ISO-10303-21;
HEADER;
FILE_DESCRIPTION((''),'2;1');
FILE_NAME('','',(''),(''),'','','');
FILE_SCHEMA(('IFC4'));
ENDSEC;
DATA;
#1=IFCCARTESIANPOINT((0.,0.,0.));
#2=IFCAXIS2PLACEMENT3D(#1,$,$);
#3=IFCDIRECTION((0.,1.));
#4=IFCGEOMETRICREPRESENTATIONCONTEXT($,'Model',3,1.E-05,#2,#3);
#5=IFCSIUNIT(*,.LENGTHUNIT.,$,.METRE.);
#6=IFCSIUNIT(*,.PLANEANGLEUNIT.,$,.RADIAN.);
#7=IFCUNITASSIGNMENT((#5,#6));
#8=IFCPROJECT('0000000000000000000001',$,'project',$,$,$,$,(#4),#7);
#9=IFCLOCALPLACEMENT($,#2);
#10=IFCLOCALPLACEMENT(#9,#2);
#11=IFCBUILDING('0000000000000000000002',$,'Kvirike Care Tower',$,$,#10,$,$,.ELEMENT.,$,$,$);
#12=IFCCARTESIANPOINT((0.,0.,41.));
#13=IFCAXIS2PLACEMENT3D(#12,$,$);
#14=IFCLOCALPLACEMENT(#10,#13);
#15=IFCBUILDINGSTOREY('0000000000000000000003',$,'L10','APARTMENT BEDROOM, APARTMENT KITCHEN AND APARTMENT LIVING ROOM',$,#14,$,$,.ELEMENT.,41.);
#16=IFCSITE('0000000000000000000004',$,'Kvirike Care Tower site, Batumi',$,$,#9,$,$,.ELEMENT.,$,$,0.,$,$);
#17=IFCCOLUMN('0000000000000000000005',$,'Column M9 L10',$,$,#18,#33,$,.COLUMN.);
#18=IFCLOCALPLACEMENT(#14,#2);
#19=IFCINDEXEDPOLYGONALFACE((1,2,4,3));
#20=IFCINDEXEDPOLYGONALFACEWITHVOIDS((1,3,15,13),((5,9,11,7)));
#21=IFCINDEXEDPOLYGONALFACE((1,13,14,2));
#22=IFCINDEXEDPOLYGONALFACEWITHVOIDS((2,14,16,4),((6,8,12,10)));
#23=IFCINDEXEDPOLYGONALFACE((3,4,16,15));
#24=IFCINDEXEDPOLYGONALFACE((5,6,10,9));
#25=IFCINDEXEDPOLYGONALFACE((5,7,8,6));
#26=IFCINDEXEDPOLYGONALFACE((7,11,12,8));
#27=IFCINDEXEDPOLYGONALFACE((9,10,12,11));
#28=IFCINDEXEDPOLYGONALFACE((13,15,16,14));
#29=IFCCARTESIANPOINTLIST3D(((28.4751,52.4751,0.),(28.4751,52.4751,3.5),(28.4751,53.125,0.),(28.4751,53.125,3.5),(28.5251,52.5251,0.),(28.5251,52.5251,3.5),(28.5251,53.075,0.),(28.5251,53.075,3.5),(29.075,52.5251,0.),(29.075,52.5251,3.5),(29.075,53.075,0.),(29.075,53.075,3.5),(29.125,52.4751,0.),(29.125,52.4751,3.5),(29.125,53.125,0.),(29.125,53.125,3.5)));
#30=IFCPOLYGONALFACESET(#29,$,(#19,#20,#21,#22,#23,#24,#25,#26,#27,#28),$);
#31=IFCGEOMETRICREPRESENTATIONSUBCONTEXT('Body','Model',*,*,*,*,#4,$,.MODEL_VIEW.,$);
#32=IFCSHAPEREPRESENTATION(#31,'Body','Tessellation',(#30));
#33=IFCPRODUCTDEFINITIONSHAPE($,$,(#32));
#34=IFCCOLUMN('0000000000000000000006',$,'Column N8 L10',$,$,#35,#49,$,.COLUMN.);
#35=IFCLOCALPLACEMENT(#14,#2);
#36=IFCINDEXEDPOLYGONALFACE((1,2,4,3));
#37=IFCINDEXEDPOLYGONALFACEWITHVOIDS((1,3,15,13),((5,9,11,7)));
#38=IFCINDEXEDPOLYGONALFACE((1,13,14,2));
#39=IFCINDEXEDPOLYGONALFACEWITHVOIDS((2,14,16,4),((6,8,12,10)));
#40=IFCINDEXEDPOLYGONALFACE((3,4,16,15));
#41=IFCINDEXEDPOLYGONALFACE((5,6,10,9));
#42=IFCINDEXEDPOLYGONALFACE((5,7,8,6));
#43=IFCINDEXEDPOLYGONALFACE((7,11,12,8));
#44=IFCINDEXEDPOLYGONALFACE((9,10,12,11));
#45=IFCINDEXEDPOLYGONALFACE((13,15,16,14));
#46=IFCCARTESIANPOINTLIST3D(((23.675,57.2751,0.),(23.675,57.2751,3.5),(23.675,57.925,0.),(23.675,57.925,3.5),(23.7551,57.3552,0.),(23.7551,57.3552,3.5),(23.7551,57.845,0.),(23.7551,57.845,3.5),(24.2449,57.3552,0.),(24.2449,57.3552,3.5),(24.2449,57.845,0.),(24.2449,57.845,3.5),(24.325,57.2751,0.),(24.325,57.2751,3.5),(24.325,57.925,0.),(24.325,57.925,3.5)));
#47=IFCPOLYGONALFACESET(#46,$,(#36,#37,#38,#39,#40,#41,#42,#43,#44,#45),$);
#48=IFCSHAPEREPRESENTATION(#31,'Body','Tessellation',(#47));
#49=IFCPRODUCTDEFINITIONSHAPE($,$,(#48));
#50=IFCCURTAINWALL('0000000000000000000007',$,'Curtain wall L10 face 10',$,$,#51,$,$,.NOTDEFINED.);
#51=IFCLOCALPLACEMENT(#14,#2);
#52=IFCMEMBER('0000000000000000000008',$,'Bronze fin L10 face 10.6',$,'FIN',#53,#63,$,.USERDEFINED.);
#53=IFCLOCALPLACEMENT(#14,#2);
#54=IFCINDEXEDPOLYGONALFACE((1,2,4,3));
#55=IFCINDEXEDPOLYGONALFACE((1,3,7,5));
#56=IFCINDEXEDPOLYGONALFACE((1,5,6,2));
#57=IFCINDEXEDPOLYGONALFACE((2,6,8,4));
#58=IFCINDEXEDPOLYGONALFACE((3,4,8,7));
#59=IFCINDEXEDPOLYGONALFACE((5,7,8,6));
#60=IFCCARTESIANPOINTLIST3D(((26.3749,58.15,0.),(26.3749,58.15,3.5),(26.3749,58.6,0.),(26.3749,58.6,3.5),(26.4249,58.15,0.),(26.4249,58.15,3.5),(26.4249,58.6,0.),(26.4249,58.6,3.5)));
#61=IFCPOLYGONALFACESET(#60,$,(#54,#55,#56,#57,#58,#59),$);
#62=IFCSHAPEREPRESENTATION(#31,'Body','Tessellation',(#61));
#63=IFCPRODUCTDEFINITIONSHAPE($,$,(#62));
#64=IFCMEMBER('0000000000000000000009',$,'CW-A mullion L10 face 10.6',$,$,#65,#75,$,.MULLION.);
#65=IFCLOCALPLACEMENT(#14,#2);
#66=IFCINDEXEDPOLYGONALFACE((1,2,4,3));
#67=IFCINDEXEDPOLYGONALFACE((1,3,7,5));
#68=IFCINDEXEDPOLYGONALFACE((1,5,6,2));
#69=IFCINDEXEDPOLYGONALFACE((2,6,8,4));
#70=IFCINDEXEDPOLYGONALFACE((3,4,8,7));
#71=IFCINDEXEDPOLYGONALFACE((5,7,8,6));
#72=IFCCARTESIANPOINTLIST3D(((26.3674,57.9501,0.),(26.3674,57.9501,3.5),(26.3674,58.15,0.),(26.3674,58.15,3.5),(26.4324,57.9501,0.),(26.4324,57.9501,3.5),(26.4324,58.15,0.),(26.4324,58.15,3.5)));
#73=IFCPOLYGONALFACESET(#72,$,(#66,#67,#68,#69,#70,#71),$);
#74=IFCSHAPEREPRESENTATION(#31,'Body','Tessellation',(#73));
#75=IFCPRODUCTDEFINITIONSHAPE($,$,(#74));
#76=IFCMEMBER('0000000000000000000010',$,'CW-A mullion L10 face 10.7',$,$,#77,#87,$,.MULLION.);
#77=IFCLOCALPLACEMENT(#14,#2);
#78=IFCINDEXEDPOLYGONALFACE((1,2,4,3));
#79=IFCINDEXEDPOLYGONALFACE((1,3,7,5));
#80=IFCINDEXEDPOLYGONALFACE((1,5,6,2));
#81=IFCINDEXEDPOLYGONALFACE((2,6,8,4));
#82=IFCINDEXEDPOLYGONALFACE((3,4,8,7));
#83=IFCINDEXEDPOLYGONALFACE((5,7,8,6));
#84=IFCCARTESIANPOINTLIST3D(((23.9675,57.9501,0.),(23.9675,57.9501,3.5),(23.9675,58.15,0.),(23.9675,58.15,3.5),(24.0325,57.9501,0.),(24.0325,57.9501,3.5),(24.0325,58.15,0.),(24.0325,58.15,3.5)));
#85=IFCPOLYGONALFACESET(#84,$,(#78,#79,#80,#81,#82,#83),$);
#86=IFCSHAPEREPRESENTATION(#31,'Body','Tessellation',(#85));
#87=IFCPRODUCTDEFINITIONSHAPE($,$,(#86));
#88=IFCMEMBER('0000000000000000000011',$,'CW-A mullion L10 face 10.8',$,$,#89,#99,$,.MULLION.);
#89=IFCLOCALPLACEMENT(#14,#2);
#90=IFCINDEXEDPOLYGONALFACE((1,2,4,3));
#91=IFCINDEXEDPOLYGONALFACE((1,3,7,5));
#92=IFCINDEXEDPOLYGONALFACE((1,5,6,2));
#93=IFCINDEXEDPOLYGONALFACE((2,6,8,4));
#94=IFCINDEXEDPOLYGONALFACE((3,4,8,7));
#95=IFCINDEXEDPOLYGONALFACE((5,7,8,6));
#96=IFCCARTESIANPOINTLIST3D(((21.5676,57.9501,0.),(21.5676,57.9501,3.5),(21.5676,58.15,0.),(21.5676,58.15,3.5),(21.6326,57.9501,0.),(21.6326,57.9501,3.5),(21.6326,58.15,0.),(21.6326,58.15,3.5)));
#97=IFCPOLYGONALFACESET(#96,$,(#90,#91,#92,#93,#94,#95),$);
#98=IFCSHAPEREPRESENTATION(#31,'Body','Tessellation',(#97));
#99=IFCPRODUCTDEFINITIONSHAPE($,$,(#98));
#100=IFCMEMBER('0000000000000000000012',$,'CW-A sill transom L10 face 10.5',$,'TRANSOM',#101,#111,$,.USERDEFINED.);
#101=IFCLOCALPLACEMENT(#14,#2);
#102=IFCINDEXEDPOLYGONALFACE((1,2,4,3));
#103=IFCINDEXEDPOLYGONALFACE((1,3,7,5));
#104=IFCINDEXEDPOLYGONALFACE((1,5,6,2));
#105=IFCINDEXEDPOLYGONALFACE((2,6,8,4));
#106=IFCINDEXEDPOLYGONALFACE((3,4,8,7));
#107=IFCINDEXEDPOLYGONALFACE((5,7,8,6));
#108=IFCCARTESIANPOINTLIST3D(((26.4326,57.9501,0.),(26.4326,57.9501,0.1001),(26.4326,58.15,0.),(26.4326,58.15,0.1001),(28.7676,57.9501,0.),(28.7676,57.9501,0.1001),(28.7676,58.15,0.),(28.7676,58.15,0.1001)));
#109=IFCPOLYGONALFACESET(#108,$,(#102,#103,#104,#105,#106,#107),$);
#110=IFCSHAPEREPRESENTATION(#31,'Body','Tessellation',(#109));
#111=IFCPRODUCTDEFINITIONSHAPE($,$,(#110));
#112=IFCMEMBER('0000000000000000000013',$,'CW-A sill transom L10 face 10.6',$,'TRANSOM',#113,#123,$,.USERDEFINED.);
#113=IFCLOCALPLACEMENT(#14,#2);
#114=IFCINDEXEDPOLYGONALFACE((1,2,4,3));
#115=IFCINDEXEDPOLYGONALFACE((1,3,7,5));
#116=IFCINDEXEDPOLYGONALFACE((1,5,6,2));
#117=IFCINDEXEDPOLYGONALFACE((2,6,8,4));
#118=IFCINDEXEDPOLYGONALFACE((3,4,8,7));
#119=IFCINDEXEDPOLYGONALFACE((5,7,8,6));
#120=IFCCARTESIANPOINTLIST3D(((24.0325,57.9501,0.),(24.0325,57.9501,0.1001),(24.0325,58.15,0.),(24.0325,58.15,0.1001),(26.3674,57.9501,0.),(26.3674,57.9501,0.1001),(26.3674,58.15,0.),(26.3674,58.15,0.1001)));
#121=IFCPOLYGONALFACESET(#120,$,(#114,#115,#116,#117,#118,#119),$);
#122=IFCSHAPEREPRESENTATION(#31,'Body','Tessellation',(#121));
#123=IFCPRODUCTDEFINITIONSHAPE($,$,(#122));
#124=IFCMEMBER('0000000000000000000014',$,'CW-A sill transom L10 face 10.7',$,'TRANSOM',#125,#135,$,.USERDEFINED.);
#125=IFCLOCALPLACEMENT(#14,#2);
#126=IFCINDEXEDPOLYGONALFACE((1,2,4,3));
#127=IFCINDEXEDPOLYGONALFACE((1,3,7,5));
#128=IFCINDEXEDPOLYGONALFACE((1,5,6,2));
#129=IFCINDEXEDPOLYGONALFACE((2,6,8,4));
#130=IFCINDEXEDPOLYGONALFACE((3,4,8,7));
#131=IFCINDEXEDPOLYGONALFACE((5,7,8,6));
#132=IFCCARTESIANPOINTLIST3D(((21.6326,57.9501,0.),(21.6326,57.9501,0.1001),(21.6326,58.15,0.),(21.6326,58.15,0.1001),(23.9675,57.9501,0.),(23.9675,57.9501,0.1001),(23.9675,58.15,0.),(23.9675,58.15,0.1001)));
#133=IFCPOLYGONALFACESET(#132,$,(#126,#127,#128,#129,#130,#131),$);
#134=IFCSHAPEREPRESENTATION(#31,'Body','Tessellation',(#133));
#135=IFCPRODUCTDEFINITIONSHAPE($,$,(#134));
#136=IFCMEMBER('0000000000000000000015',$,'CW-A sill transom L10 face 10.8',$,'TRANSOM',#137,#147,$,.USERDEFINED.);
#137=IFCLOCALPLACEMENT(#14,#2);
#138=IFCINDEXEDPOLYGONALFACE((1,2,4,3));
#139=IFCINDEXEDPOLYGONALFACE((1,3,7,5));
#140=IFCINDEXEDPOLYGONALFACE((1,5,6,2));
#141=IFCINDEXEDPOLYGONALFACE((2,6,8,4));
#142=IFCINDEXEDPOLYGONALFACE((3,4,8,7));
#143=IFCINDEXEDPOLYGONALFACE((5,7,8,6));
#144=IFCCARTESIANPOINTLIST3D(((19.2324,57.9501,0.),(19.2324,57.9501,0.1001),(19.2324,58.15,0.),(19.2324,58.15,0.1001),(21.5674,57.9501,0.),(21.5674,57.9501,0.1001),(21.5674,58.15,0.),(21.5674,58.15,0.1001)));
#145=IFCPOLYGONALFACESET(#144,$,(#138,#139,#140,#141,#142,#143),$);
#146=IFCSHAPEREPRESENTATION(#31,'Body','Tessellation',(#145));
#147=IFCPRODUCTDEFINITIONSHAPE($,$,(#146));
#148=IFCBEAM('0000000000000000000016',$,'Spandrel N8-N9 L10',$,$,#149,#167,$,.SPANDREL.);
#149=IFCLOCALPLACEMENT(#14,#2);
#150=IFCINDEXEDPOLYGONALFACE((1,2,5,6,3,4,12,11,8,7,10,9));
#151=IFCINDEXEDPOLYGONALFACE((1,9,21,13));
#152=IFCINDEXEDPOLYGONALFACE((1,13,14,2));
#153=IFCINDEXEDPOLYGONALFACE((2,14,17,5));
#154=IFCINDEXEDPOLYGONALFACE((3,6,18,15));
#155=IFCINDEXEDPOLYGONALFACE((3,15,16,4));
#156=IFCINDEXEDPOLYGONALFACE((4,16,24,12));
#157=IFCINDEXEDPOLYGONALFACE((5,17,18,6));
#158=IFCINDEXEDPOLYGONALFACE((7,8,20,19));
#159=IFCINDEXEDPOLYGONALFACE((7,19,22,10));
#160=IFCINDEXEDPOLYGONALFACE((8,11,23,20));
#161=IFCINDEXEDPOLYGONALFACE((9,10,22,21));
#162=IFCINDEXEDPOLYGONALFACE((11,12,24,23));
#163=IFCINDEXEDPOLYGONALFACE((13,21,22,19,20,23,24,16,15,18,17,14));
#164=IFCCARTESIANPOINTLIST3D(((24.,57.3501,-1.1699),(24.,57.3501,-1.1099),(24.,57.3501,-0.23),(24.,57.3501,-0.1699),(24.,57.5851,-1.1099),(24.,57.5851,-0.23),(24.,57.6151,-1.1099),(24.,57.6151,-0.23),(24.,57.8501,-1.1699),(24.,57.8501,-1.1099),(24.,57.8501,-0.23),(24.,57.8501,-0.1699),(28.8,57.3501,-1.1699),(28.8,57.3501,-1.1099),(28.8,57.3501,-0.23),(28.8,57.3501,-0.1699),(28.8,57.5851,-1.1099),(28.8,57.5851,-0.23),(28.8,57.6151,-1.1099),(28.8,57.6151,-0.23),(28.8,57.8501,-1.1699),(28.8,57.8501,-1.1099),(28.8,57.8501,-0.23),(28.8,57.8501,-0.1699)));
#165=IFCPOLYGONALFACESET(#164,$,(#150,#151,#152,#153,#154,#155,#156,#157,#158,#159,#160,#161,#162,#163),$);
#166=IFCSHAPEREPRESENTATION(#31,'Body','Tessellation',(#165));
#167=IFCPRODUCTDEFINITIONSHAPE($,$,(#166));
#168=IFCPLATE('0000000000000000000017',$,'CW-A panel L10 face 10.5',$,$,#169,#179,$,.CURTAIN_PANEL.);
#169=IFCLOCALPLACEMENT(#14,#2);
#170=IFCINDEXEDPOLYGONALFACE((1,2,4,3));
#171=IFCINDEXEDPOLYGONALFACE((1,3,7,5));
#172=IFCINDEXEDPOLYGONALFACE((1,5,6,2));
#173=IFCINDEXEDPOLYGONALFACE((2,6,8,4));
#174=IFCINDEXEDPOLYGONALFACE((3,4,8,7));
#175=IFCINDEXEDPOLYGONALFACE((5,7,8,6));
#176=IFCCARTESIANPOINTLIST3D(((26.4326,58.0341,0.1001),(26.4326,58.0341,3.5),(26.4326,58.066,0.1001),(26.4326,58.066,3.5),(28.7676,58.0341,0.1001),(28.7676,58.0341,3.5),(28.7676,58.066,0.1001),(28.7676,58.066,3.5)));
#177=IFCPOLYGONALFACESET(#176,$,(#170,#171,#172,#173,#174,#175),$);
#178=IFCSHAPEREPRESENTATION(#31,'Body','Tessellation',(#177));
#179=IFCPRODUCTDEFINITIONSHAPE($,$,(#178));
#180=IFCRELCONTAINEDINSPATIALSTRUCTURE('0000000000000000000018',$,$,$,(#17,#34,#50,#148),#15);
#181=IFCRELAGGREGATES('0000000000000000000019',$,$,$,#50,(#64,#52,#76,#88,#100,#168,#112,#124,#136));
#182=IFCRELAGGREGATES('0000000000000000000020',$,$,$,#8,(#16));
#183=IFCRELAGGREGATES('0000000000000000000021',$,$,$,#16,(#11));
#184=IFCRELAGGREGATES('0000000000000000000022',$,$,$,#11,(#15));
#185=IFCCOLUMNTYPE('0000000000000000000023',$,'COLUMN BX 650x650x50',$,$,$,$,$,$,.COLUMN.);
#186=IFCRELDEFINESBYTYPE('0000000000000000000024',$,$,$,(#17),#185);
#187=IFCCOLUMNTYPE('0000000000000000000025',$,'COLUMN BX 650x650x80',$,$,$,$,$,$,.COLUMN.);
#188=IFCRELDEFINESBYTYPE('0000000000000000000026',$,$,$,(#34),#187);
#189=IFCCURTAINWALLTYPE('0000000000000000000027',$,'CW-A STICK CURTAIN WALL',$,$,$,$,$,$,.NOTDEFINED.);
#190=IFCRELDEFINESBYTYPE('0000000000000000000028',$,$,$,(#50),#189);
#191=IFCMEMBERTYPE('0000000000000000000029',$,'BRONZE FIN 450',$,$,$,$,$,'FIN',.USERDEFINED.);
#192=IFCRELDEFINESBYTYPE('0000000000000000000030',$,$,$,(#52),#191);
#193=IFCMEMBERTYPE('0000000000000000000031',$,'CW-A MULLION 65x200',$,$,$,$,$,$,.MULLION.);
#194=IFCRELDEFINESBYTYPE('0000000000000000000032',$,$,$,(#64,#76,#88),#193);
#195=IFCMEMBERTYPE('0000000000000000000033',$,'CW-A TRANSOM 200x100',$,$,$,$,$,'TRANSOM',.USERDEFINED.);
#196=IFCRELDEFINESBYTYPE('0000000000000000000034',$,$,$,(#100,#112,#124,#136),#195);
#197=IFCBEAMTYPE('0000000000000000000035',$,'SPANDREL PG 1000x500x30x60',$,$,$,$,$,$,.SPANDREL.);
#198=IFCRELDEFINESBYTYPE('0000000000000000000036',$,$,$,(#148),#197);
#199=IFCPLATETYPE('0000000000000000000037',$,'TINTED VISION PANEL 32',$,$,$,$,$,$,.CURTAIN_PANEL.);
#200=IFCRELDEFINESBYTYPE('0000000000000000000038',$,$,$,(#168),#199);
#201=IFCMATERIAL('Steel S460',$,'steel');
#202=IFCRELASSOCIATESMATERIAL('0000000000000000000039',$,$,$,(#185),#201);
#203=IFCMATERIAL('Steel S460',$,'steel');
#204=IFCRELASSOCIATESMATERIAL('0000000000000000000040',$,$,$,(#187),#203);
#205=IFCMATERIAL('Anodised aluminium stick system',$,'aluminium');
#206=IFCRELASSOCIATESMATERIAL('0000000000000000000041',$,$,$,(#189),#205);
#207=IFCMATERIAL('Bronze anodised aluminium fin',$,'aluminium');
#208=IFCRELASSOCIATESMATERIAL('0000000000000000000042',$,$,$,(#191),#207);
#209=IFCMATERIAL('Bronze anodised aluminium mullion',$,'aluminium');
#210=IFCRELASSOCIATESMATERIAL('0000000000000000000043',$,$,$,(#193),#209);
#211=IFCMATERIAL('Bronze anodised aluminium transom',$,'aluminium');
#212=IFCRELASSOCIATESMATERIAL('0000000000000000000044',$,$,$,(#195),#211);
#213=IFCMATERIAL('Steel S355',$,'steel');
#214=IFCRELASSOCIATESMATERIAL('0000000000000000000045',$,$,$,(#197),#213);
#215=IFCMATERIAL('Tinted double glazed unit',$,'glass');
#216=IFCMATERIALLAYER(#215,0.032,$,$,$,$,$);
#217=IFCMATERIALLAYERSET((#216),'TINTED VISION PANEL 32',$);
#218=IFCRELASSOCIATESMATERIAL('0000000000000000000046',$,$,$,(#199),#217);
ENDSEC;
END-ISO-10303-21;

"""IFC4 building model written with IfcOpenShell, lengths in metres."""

from ifc_helpers import new_model, si_unit, direction, frame, origin, origin_2d, place, context, subcontext, project, spatial, rectangle, hollow_rectangle, i_section, extrude, material, layer, layer_set, material_profile, profile_set, type_object, element, aggregate, save


model = new_model("IFC4")

# Units and contexts
model_context = context("Model", 3, precision=1e-05, world=origin(), true_north=direction((0.0, 1.0)))
body_context = subcontext(model_context, "Body", "Model", "MODEL_VIEW")
ifc_project = project(units=[si_unit("LENGTHUNIT", "METRE"), si_unit("PLANEANGLEUNIT", "RADIAN")], contexts=[model_context])

# Site, building, storey
site_placement = place(None, origin())
site = spatial("IfcSite", under=ifc_project, at=site_placement, Name="Kvirike Care Tower site, Batumi", CompositionType="ELEMENT", RefElevation=0.0)
building_placement = place(site_placement, origin())
building = spatial("IfcBuilding", under=site, at=building_placement, Name="Kvirike Care Tower", CompositionType="ELEMENT")
storey_placement = place(building_placement, frame((0.0, 0.0, 41.0)))
storey = spatial("IfcBuildingStorey", under=building, at=storey_placement, Name="L10", Description="APARTMENT BEDROOM, APARTMENT KITCHEN AND APARTMENT LIVING ROOM", CompositionType="ELEMENT", Elevation=41.0)

# Columns
ifc_material_1 = material(Name="Steel S460", Category="steel")
ifc_material_profile_1 = material_profile(ifc_material_1, hollow_rectangle(XDim=0.6499, YDim=0.6499, WallThickness=0.05, at=origin_2d()), Name="BX 650x650x50")
ifc_profile_set_1 = profile_set([ifc_material_profile_1], Name="Steel S460")
column_type_1 = type_object("IfcColumnType", Name="COLUMN BX 650x650x50", PredefinedType="COLUMN", material=ifc_profile_set_1)
column_1_placement = place(storey_placement, frame((28.8, 52.8, 0.0), z_axis=(0.0, 0.0, 1.0), x_axis=(1.0, 0.0, 0.0)))
element("IfcColumn", 1, at=column_1_placement, inside=storey, type_object=column_type_1, Name="Column M9 L10", PredefinedType="COLUMN", context=body_context, shape_type="SweptSolid", body=[
    extrude(hollow_rectangle(XDim=0.6499, YDim=0.6499, WallThickness=0.05, at=origin_2d()), origin(), (0.0, 0.0, 1.0), 3.5),
])
ifc_material_2 = material(Name="Steel S460", Category="steel")
ifc_material_profile_2 = material_profile(ifc_material_2, hollow_rectangle(XDim=0.6499, YDim=0.6499, WallThickness=0.0801, at=origin_2d()), Name="BX 650x650x80")
ifc_profile_set_2 = profile_set([ifc_material_profile_2], Name="Steel S460")
column_type_2 = type_object("IfcColumnType", Name="COLUMN BX 650x650x80", PredefinedType="COLUMN", material=ifc_profile_set_2)
column_2_placement = place(storey_placement, frame((24.0, 57.6001, 0.0), z_axis=(0.0, 0.0, 1.0), x_axis=(0.0, 1.0, 0.0)))
element("IfcColumn", 2, at=column_2_placement, inside=storey, type_object=column_type_2, Name="Column N8 L10", PredefinedType="COLUMN", context=body_context, shape_type="SweptSolid", body=[
    extrude(hollow_rectangle(XDim=0.6499, YDim=0.6499, WallThickness=0.0801, at=origin_2d()), origin(), (0.0, 0.0, 1.0), 3.5),
])

# Curtain wall, members
ifc_material_3 = material(Name="Anodised aluminium stick system", Category="aluminium")
curtain_wall_type = type_object("IfcCurtainWallType", Name="CW-A STICK CURTAIN WALL", PredefinedType="NOTDEFINED", material=ifc_material_3)
curtain_wall_placement = place(storey_placement, origin())
curtain_wall = element("IfcCurtainWall", 3, at=curtain_wall_placement, inside=storey, type_object=curtain_wall_type, Name="Curtain wall L10 face 10", PredefinedType="NOTDEFINED")
ifc_material_4 = material(Name="Bronze anodised aluminium fin", Category="aluminium")
ifc_material_profile_3 = material_profile(ifc_material_4, rectangle(XDim=0.05, YDim=0.45, at=origin_2d()), Name="BRONZE FIN 450")
ifc_profile_set_3 = profile_set([ifc_material_profile_3], Name="Bronze anodised aluminium fin")
member_type_1 = type_object("IfcMemberType", Name="BRONZE FIN 450", ElementType="FIN", PredefinedType="USERDEFINED", material=ifc_profile_set_3)
member_1_placement = place(storey_placement, frame((26.3999, 58.375, 0.0), z_axis=(0.0, 0.0, 1.0), x_axis=(-1.0, 0.0, 0.0)))
member_1 = element("IfcMember", 4, at=member_1_placement, type_object=member_type_1, Name="Bronze fin L10 face 10.6", ObjectType="FIN", PredefinedType="USERDEFINED", context=body_context, shape_type="SweptSolid", body=[
    extrude(rectangle(XDim=0.05, YDim=0.45, at=origin_2d()), origin(), (0.0, 0.0, 1.0), 3.5),
])
ifc_material_5 = material(Name="Bronze anodised aluminium mullion", Category="aluminium")
ifc_material_profile_4 = material_profile(ifc_material_5, rectangle(XDim=0.0649, YDim=0.2, at=origin_2d()), Name="CW-A MULLION 65x200")
ifc_profile_set_4 = profile_set([ifc_material_profile_4], Name="Bronze anodised aluminium mullion")
member_type_2 = type_object("IfcMemberType", Name="CW-A MULLION 65x200", PredefinedType="MULLION", material=ifc_profile_set_4)
member_2_placement = place(storey_placement, frame((26.3999, 58.05, 0.0), z_axis=(0.0, 0.0, 1.0), x_axis=(-1.0, 0.0, 0.0)))
member_2 = element("IfcMember", 5, at=member_2_placement, type_object=member_type_2, Name="CW-A mullion L10 face 10.6", PredefinedType="MULLION", context=body_context, shape_type="SweptSolid", body=[
    extrude(rectangle(XDim=0.0649, YDim=0.2, at=origin_2d()), origin(), (0.0, 0.0, 1.0), 3.5),
])
member_3_placement = place(storey_placement, frame((24.0, 58.05, 0.0), z_axis=(0.0, 0.0, 1.0), x_axis=(-1.0, 0.0, 0.0)))
member_3 = element("IfcMember", 6, at=member_3_placement, type_object=member_type_2, Name="CW-A mullion L10 face 10.7", PredefinedType="MULLION", context=body_context, shape_type="SweptSolid", body=[
    extrude(rectangle(XDim=0.0649, YDim=0.2, at=origin_2d()), origin(), (0.0, 0.0, 1.0), 3.5),
])
member_4_placement = place(storey_placement, frame((21.6001, 58.05, 0.0), z_axis=(0.0, 0.0, 1.0), x_axis=(-1.0, 0.0, 0.0)))
member_4 = element("IfcMember", 7, at=member_4_placement, type_object=member_type_2, Name="CW-A mullion L10 face 10.8", PredefinedType="MULLION", context=body_context, shape_type="SweptSolid", body=[
    extrude(rectangle(XDim=0.0649, YDim=0.2, at=origin_2d()), origin(), (0.0, 0.0, 1.0), 3.5),
])
ifc_material_6 = material(Name="Bronze anodised aluminium transom", Category="aluminium")
ifc_material_profile_5 = material_profile(ifc_material_6, rectangle(XDim=0.2, YDim=0.1001, at=origin_2d()), Name="CW-A TRANSOM 200x100")
ifc_profile_set_5 = profile_set([ifc_material_profile_5], Name="Bronze anodised aluminium transom")
member_type_3 = type_object("IfcMemberType", Name="CW-A TRANSOM 200x100", ElementType="TRANSOM", PredefinedType="USERDEFINED", material=ifc_profile_set_5)
member_5_placement = place(storey_placement, frame((28.7676, 58.05, 0.05), z_axis=(-1.0, 0.0, 0.0), x_axis=(0.0, -1.0, 0.0)))
member_5 = element("IfcMember", 8, at=member_5_placement, type_object=member_type_3, Name="CW-A sill transom L10 face 10.5", ObjectType="TRANSOM", PredefinedType="USERDEFINED", context=body_context, shape_type="SweptSolid", body=[
    extrude(rectangle(XDim=0.2, YDim=0.1001, at=origin_2d()), origin(), (0.0, 0.0, 1.0), 2.335),
])
member_6_placement = place(storey_placement, frame((26.3674, 58.05, 0.05), z_axis=(-1.0, 0.0, 0.0), x_axis=(0.0, -1.0, 0.0)))
member_6 = element("IfcMember", 9, at=member_6_placement, type_object=member_type_3, Name="CW-A sill transom L10 face 10.6", ObjectType="TRANSOM", PredefinedType="USERDEFINED", context=body_context, shape_type="SweptSolid", body=[
    extrude(rectangle(XDim=0.2, YDim=0.1001, at=origin_2d()), origin(), (0.0, 0.0, 1.0), 2.335),
])
member_7_placement = place(storey_placement, frame((23.9675, 58.05, 0.05), z_axis=(-1.0, 0.0, 0.0), x_axis=(0.0, -1.0, 0.0)))
member_7 = element("IfcMember", 10, at=member_7_placement, type_object=member_type_3, Name="CW-A sill transom L10 face 10.7", ObjectType="TRANSOM", PredefinedType="USERDEFINED", context=body_context, shape_type="SweptSolid", body=[
    extrude(rectangle(XDim=0.2, YDim=0.1001, at=origin_2d()), origin(), (0.0, 0.0, 1.0), 2.335),
])
member_8_placement = place(storey_placement, frame((21.5674, 58.05, 0.05), z_axis=(-1.0, 0.0, 0.0), x_axis=(0.0, -1.0, 0.0)))
member_8 = element("IfcMember", 11, at=member_8_placement, type_object=member_type_3, Name="CW-A sill transom L10 face 10.8", ObjectType="TRANSOM", PredefinedType="USERDEFINED", context=body_context, shape_type="SweptSolid", body=[
    extrude(rectangle(XDim=0.2, YDim=0.1001, at=origin_2d()), origin(), (0.0, 0.0, 1.0), 2.335),
])

# Beam
ifc_material_7 = material(Name="Steel S355", Category="steel")
ifc_material_profile_6 = material_profile(ifc_material_7, i_section(OverallWidth=0.5, OverallDepth=1.0, WebThickness=0.03, FlangeThickness=0.0601, at=origin_2d()), Name="PG 1000x500x30x60")
ifc_profile_set_6 = profile_set([ifc_material_profile_6], Name="Steel S355")
beam_type = type_object("IfcBeamType", Name="SPANDREL PG 1000x500x30x60", PredefinedType="SPANDREL", material=ifc_profile_set_6)
beam_placement = place(storey_placement, frame((24.0, 57.6001, -0.6699), z_axis=(1.0, 0.0, 0.0), x_axis=(0.0, 1.0, 0.0)))
element("IfcBeam", 12, at=beam_placement, inside=storey, type_object=beam_type, Name="Spandrel N8-N9 L10", PredefinedType="SPANDREL", context=body_context, shape_type="SweptSolid", body=[
    extrude(i_section(OverallWidth=0.5, OverallDepth=1.0, WebThickness=0.03, FlangeThickness=0.0601, at=origin_2d()), origin(), (0.0, 0.0, 1.0), 4.8),
])

# Plate
ifc_material_8 = material(Name="Tinted double glazed unit", Category="glass")
ifc_layer_1 = layer(ifc_material_8, 0.032)
ifc_layer_set_1 = layer_set([ifc_layer_1], Name="TINTED VISION PANEL 32")
plate_type = type_object("IfcPlateType", Name="TINTED VISION PANEL 32", PredefinedType="CURTAIN_PANEL", material=ifc_layer_set_1)
plate_1_placement = place(storey_placement, frame((27.6001, 58.05, 0.1001), z_axis=(0.0, 0.0, 1.0), x_axis=(-1.0, 0.0, 0.0)))
plate_1 = element("IfcPlate", 13, at=plate_1_placement, type_object=plate_type, Name="CW-A panel L10 face 10.5", PredefinedType="CURTAIN_PANEL", context=body_context, shape_type="SweptSolid", body=[
    extrude(rectangle(XDim=2.335, YDim=0.032, at=origin_2d()), origin(), (0.0, 0.0, 1.0), 3.3999),
])
aggregate(curtain_wall, [member_2, member_1, member_3, member_4, member_5, plate_1, member_6, member_7, member_8])

save(model, "model.ifc")
